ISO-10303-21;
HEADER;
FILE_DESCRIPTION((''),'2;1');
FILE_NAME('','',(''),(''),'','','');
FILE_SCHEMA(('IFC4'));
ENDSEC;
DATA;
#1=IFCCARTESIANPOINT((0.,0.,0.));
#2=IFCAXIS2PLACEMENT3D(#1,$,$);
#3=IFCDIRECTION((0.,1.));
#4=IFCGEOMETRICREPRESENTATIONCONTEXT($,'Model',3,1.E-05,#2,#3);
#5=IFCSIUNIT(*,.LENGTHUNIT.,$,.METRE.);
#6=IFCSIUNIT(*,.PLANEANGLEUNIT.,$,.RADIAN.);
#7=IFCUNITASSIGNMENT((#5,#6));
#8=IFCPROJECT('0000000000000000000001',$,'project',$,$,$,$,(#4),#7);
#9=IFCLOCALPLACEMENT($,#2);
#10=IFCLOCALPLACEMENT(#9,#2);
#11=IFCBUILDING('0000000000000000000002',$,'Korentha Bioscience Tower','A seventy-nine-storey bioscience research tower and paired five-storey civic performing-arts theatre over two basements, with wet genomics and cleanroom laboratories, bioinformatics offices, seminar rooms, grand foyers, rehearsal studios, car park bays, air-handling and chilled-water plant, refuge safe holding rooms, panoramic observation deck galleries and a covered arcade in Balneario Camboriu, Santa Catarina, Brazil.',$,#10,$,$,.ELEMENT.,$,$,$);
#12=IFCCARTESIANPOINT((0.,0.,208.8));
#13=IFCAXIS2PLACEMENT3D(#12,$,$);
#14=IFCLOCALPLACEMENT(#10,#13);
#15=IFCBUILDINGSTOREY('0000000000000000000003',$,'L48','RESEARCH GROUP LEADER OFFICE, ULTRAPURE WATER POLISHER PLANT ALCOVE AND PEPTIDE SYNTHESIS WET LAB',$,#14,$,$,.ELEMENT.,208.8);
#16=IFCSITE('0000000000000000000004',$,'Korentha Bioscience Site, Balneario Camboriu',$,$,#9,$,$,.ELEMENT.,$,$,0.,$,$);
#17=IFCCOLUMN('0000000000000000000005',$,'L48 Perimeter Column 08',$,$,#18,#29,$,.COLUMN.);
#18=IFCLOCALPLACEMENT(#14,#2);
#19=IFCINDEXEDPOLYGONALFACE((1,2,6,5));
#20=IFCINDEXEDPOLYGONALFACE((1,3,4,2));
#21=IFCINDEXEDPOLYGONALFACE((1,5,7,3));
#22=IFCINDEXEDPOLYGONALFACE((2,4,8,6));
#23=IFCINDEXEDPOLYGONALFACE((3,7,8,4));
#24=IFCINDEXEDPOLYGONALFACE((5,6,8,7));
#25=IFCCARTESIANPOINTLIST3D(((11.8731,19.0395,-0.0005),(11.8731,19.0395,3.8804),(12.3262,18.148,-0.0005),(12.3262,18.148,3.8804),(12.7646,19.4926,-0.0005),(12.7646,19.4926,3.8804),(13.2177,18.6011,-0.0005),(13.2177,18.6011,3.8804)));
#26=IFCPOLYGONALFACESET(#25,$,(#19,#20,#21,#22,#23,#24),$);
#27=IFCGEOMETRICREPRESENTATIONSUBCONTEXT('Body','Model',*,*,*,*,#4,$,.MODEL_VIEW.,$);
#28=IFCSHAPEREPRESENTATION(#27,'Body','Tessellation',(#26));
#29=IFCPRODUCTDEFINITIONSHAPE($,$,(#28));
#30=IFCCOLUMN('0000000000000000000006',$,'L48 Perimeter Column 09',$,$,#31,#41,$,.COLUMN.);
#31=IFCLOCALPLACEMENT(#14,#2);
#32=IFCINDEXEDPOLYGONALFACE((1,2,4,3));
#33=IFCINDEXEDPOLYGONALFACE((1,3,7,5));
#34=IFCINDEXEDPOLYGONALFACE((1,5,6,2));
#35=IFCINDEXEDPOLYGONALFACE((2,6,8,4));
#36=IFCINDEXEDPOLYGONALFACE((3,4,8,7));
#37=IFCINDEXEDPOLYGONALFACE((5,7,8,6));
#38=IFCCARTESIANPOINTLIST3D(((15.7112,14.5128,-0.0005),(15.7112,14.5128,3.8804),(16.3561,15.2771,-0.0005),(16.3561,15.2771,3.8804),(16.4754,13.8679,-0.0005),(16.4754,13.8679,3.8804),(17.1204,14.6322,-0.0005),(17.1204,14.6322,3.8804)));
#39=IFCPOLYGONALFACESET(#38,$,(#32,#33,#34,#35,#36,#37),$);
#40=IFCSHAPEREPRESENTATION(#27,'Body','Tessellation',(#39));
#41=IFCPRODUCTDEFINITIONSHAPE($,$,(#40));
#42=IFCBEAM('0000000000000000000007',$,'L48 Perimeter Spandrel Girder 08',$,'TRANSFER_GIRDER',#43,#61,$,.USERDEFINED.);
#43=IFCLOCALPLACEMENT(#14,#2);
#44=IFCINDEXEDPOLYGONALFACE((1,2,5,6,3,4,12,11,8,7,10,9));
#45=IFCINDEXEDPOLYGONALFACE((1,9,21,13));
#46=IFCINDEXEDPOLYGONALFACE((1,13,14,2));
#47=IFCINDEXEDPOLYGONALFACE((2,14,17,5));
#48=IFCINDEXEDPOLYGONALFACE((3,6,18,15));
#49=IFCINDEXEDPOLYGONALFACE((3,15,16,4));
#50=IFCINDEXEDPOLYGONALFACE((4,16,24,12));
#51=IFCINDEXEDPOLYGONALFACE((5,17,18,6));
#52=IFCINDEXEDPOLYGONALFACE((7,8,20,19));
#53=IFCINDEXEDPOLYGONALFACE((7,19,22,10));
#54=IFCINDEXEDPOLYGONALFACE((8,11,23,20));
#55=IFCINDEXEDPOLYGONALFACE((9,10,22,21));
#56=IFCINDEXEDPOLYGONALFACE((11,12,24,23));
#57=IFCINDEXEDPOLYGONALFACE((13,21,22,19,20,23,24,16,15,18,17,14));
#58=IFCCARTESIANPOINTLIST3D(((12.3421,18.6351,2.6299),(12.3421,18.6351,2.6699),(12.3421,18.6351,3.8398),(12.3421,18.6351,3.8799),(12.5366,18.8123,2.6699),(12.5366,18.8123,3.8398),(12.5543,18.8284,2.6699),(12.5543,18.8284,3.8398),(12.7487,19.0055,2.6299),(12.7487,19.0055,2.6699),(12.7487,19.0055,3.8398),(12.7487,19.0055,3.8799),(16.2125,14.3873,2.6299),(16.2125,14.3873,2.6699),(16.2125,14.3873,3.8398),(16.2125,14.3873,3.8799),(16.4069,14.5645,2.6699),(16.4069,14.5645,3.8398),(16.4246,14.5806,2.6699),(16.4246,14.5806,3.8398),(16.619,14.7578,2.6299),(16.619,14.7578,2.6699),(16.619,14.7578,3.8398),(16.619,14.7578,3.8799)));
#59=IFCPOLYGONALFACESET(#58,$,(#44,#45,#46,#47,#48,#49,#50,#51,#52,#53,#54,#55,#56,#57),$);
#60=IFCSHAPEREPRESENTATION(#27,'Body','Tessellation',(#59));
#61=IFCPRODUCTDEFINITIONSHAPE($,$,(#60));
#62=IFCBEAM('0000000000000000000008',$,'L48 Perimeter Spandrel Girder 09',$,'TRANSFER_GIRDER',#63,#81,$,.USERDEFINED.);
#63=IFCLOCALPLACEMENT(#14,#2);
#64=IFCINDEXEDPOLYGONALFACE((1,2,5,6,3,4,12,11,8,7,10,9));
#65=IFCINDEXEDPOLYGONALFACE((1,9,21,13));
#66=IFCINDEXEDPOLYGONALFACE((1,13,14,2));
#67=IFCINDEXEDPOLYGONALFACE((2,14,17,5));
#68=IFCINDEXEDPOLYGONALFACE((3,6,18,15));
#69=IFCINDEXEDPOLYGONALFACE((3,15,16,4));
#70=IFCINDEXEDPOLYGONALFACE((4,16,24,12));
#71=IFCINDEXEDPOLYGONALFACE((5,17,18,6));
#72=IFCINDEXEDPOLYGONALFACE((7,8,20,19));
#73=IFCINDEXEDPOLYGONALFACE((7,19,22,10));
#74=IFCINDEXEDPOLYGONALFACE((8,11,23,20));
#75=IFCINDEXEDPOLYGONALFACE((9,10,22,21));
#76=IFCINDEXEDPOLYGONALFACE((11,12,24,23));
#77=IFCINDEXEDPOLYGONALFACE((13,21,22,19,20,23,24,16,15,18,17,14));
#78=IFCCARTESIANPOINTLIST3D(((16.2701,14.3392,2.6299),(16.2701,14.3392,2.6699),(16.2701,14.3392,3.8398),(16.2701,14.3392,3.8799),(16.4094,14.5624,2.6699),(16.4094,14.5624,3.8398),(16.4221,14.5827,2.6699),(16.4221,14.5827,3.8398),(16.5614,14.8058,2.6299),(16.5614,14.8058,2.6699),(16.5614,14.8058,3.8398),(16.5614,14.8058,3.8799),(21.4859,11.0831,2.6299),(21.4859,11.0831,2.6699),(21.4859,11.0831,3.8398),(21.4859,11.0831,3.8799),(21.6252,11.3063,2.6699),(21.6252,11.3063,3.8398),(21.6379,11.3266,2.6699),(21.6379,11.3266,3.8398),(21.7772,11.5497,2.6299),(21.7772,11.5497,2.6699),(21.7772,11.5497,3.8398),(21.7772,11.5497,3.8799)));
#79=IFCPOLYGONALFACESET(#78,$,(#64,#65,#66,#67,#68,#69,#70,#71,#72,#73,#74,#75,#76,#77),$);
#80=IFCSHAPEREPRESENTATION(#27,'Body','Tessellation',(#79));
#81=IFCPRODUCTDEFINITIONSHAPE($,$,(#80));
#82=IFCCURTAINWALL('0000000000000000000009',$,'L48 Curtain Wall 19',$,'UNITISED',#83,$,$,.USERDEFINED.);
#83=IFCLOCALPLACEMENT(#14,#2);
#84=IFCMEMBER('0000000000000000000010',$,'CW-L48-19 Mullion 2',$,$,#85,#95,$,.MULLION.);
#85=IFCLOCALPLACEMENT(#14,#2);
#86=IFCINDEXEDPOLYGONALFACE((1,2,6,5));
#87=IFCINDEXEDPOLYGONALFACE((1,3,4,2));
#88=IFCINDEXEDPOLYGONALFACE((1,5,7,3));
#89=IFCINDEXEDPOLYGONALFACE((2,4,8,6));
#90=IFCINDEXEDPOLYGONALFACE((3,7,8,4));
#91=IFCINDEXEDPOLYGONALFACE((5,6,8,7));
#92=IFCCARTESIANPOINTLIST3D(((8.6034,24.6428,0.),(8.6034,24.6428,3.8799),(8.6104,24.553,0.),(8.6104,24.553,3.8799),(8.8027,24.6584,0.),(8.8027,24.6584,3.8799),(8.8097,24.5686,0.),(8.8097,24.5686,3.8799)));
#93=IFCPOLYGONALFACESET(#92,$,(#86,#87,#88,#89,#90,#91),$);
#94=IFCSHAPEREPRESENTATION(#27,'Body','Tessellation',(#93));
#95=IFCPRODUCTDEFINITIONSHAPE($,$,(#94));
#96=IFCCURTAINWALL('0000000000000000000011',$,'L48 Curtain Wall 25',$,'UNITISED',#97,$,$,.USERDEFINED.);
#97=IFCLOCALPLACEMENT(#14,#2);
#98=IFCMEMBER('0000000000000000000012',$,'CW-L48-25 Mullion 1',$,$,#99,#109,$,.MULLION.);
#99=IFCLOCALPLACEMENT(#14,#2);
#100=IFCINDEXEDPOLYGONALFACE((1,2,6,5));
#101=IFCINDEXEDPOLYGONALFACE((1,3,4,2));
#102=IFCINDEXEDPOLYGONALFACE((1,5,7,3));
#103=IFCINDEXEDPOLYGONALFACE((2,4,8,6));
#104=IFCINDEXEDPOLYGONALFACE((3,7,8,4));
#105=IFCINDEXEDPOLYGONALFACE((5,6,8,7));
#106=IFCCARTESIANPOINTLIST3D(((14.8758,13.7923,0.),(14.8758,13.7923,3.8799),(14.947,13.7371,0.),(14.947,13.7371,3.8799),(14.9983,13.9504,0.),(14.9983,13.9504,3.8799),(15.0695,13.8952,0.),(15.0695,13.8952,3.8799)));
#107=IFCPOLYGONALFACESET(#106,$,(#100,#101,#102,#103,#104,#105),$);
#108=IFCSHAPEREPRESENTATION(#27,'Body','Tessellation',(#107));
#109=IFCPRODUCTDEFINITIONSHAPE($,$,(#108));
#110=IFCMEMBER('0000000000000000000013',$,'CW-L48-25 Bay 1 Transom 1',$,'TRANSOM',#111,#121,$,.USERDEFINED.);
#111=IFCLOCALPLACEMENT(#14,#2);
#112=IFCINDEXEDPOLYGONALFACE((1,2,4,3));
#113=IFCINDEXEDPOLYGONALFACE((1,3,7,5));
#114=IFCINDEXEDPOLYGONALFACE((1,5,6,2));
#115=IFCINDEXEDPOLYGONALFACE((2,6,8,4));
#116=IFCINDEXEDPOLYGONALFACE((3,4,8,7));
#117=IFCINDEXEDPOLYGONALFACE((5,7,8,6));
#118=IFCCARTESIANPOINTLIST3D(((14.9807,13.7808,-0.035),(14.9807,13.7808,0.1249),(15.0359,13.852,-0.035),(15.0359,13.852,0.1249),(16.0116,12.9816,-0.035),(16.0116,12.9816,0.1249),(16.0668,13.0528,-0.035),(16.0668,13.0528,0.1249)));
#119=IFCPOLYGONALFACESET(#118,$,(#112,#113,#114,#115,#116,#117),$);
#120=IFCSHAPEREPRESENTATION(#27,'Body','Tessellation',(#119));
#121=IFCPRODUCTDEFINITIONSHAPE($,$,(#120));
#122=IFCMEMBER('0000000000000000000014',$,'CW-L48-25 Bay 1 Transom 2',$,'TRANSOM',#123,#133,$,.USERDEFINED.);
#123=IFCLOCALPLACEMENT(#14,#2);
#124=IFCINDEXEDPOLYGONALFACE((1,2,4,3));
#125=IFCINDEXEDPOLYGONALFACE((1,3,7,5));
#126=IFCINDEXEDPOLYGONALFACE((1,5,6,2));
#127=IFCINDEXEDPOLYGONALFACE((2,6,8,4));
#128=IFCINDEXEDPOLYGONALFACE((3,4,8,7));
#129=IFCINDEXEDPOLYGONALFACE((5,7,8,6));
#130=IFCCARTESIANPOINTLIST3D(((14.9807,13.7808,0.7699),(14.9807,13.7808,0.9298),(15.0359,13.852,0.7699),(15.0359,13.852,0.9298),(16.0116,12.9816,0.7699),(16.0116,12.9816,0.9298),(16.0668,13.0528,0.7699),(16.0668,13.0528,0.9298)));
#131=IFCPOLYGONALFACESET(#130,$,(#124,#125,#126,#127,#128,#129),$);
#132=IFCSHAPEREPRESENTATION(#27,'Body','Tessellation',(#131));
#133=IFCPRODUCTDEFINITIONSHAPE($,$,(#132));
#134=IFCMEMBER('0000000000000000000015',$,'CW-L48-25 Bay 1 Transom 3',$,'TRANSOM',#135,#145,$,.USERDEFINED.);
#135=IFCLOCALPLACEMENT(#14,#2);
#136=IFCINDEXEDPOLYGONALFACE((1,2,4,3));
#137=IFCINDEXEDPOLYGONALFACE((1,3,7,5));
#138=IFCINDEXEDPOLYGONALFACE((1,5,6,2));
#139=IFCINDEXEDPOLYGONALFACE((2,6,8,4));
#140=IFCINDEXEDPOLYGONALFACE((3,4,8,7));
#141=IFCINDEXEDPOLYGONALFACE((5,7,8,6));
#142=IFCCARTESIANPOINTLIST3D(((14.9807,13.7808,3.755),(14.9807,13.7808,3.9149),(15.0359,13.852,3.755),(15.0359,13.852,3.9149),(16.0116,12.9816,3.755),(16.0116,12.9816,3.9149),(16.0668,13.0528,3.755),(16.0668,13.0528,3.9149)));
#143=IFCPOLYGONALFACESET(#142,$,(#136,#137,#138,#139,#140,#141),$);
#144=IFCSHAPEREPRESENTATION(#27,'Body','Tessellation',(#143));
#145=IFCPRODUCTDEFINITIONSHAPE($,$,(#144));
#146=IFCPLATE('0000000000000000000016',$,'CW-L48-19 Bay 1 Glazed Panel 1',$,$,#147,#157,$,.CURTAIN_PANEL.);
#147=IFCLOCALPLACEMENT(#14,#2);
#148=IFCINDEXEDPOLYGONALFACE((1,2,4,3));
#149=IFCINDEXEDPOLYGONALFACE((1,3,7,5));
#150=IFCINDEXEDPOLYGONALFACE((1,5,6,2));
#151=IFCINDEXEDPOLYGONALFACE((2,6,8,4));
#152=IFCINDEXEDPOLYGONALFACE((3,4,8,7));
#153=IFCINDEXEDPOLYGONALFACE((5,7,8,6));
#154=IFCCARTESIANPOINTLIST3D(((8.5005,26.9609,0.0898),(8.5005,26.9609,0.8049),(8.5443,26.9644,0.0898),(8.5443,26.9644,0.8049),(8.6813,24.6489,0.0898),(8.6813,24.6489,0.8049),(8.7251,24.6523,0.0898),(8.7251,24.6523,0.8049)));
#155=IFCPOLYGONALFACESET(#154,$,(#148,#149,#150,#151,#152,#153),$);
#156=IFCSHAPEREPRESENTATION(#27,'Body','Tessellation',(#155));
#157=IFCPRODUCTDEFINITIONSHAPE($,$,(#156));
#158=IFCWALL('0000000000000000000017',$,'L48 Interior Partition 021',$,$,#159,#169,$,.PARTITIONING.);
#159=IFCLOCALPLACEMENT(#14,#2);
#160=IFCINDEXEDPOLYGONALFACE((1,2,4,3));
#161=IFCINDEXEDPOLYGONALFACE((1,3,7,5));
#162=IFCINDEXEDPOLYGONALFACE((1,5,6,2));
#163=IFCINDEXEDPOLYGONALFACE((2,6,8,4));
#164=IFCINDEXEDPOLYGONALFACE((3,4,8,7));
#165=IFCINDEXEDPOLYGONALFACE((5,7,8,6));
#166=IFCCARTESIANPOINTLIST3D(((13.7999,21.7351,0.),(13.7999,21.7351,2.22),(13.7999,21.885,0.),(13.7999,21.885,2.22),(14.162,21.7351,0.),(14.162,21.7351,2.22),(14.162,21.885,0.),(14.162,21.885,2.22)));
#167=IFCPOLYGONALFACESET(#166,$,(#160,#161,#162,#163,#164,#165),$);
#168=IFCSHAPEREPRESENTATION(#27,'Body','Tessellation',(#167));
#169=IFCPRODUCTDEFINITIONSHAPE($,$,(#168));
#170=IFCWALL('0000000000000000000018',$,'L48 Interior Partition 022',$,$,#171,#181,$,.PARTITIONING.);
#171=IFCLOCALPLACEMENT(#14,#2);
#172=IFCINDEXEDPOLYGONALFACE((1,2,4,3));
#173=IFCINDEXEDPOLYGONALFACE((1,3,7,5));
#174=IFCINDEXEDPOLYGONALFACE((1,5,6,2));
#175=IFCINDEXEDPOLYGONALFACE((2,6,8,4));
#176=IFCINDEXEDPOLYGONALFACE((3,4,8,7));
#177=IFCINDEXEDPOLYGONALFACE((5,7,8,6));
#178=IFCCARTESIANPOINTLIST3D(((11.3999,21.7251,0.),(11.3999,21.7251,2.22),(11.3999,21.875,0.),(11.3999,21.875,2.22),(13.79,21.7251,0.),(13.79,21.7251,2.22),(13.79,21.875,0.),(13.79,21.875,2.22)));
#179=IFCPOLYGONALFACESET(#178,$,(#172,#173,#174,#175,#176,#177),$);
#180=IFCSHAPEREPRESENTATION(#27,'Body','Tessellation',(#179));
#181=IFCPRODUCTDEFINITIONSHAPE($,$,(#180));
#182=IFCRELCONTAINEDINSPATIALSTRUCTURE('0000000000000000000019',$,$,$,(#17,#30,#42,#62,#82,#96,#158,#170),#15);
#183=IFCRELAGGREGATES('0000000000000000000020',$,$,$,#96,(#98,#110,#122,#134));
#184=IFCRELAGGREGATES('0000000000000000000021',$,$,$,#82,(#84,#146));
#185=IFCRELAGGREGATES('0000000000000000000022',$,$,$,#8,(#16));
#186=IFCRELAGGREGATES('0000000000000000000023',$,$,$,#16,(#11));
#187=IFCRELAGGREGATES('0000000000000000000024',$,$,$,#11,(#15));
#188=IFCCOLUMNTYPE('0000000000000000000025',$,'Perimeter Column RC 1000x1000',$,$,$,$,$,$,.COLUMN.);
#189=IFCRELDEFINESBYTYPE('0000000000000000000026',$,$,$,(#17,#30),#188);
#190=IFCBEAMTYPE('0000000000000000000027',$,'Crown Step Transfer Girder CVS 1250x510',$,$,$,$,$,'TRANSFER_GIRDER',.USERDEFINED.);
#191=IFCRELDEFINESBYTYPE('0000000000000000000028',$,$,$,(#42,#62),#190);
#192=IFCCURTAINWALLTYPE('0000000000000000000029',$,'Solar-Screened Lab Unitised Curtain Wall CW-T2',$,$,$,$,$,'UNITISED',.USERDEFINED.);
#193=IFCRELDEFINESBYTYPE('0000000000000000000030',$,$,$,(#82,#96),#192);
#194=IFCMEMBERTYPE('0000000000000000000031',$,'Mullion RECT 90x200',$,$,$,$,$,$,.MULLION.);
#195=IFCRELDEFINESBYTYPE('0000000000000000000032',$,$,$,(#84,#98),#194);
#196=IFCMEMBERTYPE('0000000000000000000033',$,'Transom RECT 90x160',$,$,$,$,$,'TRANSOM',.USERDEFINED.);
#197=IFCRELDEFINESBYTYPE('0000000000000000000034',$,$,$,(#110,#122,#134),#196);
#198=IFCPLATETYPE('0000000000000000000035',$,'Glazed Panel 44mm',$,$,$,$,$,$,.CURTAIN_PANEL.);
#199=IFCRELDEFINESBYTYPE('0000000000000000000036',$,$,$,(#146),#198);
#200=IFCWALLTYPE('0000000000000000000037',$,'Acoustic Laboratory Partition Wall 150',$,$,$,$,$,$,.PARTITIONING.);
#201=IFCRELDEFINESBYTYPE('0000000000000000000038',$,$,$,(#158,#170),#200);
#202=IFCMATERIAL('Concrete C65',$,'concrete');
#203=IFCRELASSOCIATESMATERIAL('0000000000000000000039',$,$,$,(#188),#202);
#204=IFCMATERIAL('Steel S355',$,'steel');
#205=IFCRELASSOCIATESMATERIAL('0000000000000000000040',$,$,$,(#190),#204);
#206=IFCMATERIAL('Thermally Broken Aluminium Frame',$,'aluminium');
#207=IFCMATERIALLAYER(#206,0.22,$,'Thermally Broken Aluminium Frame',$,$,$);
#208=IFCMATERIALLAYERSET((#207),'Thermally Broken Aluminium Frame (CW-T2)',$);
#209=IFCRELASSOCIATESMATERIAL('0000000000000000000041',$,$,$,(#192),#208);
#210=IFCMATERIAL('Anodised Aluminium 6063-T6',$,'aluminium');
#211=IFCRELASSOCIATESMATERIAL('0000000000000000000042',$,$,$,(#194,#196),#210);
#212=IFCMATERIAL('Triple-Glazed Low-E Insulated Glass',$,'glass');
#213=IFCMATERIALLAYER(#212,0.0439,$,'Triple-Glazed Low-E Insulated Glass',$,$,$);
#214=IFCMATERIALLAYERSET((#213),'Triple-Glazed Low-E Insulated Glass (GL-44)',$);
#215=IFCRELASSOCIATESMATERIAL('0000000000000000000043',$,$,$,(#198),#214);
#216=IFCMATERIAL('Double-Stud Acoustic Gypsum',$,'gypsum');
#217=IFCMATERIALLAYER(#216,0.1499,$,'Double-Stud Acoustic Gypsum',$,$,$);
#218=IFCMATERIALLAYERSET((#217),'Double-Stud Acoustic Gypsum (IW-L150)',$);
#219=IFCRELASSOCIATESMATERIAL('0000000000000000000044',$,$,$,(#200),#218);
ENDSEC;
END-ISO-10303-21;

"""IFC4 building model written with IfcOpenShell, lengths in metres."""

from ifc_helpers import new_model, si_unit, direction, frame, frame_2d, origin, origin_2d, place, context, subcontext, project, spatial, rectangle, i_section, extrude, material, layer, layer_set, material_profile, profile_set, type_object, element, aggregate, save


model = new_model("IFC4")

# Units and contexts
model_context = context("Model", 3, precision=1e-05, world=origin(), true_north=direction((0.0, 1.0)))
body_context = subcontext(model_context, "Body", "Model", "MODEL_VIEW")
ifc_project = project(units=[si_unit("LENGTHUNIT", "METRE"), si_unit("PLANEANGLEUNIT", "RADIAN")], contexts=[model_context])

# Site, building, storey
site_placement = place(None, origin())
site = spatial("IfcSite", under=ifc_project, at=site_placement, Name="Korentha Bioscience Site, Balneario Camboriu", CompositionType="ELEMENT", RefElevation=0.0)
building_placement = place(site_placement, origin())
building = spatial("IfcBuilding", under=site, at=building_placement, Name="Korentha Bioscience Tower", Description="A seventy-nine-storey bioscience research tower and paired five-storey civic performing-arts theatre over two basements, with wet genomics and cleanroom laboratories, bioinformatics offices, seminar rooms, grand foyers, rehearsal studios, car park bays, air-handling and chilled-water plant, refuge safe holding rooms, panoramic observation deck galleries and a covered arcade in Balneario Camboriu, Santa Catarina, Brazil.", CompositionType="ELEMENT")
storey_placement = place(building_placement, frame((0.0, 0.0, 208.8)))
storey = spatial("IfcBuildingStorey", under=building, at=storey_placement, Name="L48", Description="RESEARCH GROUP LEADER OFFICE, ULTRAPURE WATER POLISHER PLANT ALCOVE AND PEPTIDE SYNTHESIS WET LAB", CompositionType="ELEMENT", Elevation=208.8)

# Columns
ifc_material_1 = material(Name="Concrete C65", Category="concrete")
ifc_material_profile_1 = material_profile(ifc_material_1, rectangle(XDim=1.0, YDim=1.0, at=origin_2d()), Name="Concrete C65")
ifc_profile_set_1 = profile_set([ifc_material_profile_1], Name="Concrete C65 (COL-P10)")
column_type = type_object("IfcColumnType", Name="Perimeter Column RC 1000x1000", PredefinedType="COLUMN", material=ifc_profile_set_1)
for number, where, z_axis, x_axis, name in (
    (1, (12.5454, 18.8203, -0.0005), (0.0, 0.0, 1.0), (-0.453057, 0.891481, 0.0), "L48 Perimeter Column 08"),
    (2, (16.4158, 14.5725, -0.0005), (0.0, 0.0, 1.0), (-0.764246, 0.644924, 0.0), "L48 Perimeter Column 09"),
):
    element("IfcColumn", number, at=place(storey_placement, frame(where, z_axis=z_axis, x_axis=x_axis)), inside=storey, type_object=column_type, Name=name, PredefinedType="COLUMN", context=body_context, shape_type="SweptSolid", body=[
        extrude(rectangle(XDim=1.0, YDim=1.0, at=origin_2d()), origin(), (0.0, 0.0, 1.0), 3.8809),
    ])

# Beams
ifc_material_2 = material(Name="Steel S355", Category="steel")
ifc_material_profile_2 = material_profile(ifc_material_2, i_section(OverallWidth=0.55, OverallDepth=1.25, WebThickness=0.0239, FlangeThickness=0.04, at=origin_2d()), Name="Steel S355")
ifc_profile_set_2 = profile_set([ifc_material_profile_2], Name="Steel S355 (TG-03)")
beam_type = type_object("IfcBeamType", Name="Crown Step Transfer Girder CVS 1250x510", ElementType="TRANSFER_GIRDER", PredefinedType="USERDEFINED", material=ifc_profile_set_2)
beam_1_placement = place(storey_placement, frame((12.5454, 18.8203, 3.2549), z_axis=(0.673503, -0.739184, 0.0), x_axis=(0.739184, 0.673503, 0.0)))
element("IfcBeam", 3, at=beam_1_placement, inside=storey, type_object=beam_type, Name="L48 Perimeter Spandrel Girder 08", ObjectType="TRANSFER_GIRDER", PredefinedType="USERDEFINED", context=body_context, shape_type="SweptSolid", body=[
    extrude(i_section(OverallWidth=0.55, OverallDepth=1.25, WebThickness=0.0239, FlangeThickness=0.04, at=origin_2d()), origin(), (0.0, 0.0, 1.0), 5.7466),
])
beam_2_placement = place(storey_placement, frame((16.4158, 14.5725, 3.2549), z_axis=(0.848275, -0.529556, 0.0), x_axis=(0.529556, 0.848275, 0.0)))
element("IfcBeam", 4, at=beam_2_placement, inside=storey, type_object=beam_type, Name="L48 Perimeter Spandrel Girder 09", ObjectType="TRANSFER_GIRDER", PredefinedType="USERDEFINED", context=body_context, shape_type="SweptSolid", body=[
    extrude(i_section(OverallWidth=0.55, OverallDepth=1.25, WebThickness=0.0239, FlangeThickness=0.04, at=origin_2d()), origin(), (0.0, 0.0, 1.0), 6.1487),
])

# Curtain wall, member
ifc_material_3 = material(Name="Thermally Broken Aluminium Frame", Category="aluminium")
ifc_layer_1 = layer(ifc_material_3, 0.22, Name="Thermally Broken Aluminium Frame")
ifc_layer_set_1 = layer_set([ifc_layer_1], Name="Thermally Broken Aluminium Frame (CW-T2)")
curtain_wall_type = type_object("IfcCurtainWallType", Name="Solar-Screened Lab Unitised Curtain Wall CW-T2", ElementType="UNITISED", PredefinedType="USERDEFINED", material=ifc_layer_set_1)
curtain_wall_1_placement = place(storey_placement, origin())
curtain_wall_1 = element("IfcCurtainWall", 5, at=curtain_wall_1_placement, inside=storey, type_object=curtain_wall_type, Name="L48 Curtain Wall 19", ObjectType="UNITISED", PredefinedType="USERDEFINED")
ifc_material_4 = material(Name="Anodised Aluminium 6063-T6", Category="aluminium")
ifc_material_profile_3 = material_profile(ifc_material_4, rectangle(XDim=0.0901, YDim=0.2, at=origin_2d()), Name="Anodised Aluminium 6063-T6")
ifc_profile_set_3 = profile_set([ifc_material_profile_3], Name="Anodised Aluminium 6063-T6 (CW-MUL)")
member_type_1 = type_object("IfcMemberType", Name="Mullion RECT 90x200", PredefinedType="MULLION", material=ifc_profile_set_3)
member_1_placement = place(storey_placement, frame((8.7065, 24.6057, 0.0), z_axis=(0.0, 0.0, 1.0), x_axis=(0.077988, -0.996954, 0.0)))
member_1 = element("IfcMember", 6, at=member_1_placement, type_object=member_type_1, Name="CW-L48-19 Mullion 2", PredefinedType="MULLION", context=body_context, shape_type="SweptSolid", body=[
    extrude(rectangle(XDim=0.0901, YDim=0.2, at=origin_2d()), origin(), (0.0, 0.0, 1.0), 3.8799),
])

# Curtain wall, members
curtain_wall_2_placement = place(storey_placement, origin())
curtain_wall_2 = element("IfcCurtainWall", 7, at=curtain_wall_2_placement, inside=storey, type_object=curtain_wall_type, Name="L48 Curtain Wall 25", ObjectType="UNITISED", PredefinedType="USERDEFINED")
member_2_placement = place(storey_placement, frame((14.9727, 13.8438, 0.0), z_axis=(0.0, 0.0, 1.0), x_axis=(0.790346, -0.612661, 0.0)))
member_2 = element("IfcMember", 8, at=member_2_placement, type_object=member_type_1, Name="CW-L48-25 Mullion 1", PredefinedType="MULLION", context=body_context, shape_type="SweptSolid", body=[
    extrude(rectangle(XDim=0.0901, YDim=0.2, at=origin_2d()), origin(), (0.0, 0.0, 1.0), 3.8799),
])
ifc_material_profile_4 = material_profile(ifc_material_4, rectangle(XDim=0.0901, YDim=0.1599, at=origin_2d()), Name="Anodised Aluminium 6063-T6")
ifc_profile_set_4 = profile_set([ifc_material_profile_4], Name="Anodised Aluminium 6063-T6 (CW-TRN)")
member_type_2 = type_object("IfcMemberType", Name="Transom RECT 90x160", ElementType="TRANSOM", PredefinedType="USERDEFINED", material=ifc_profile_set_4)
member_3_placement = place(storey_placement, frame((15.0083, 13.8164, 0.0449), z_axis=(0.790309, -0.612709, 0.0), x_axis=(0.612709, 0.790309, 0.0)))
member_3 = element("IfcMember", 9, at=member_3_placement, type_object=member_type_2, Name="CW-L48-25 Bay 1 Transom 1", ObjectType="TRANSOM", PredefinedType="USERDEFINED", context=body_context, shape_type="SweptSolid", body=[
    extrude(rectangle(XDim=0.0901, YDim=0.1599, at=origin_2d()), origin(), (0.0, 0.0, 1.0), 1.3044),
])
member_4_placement = place(storey_placement, frame((15.0083, 13.8164, 0.8499), z_axis=(0.790309, -0.612709, 0.0), x_axis=(0.612709, 0.790309, 0.0)))
member_4 = element("IfcMember", 10, at=member_4_placement, type_object=member_type_2, Name="CW-L48-25 Bay 1 Transom 2", ObjectType="TRANSOM", PredefinedType="USERDEFINED", context=body_context, shape_type="SweptSolid", body=[
    extrude(rectangle(XDim=0.0901, YDim=0.1599, at=origin_2d()), origin(), (0.0, 0.0, 1.0), 1.3044),
])
member_5_placement = place(storey_placement, frame((15.0083, 13.8164, 3.835), z_axis=(0.790309, -0.612709, 0.0), x_axis=(0.612709, 0.790309, 0.0)))
member_5 = element("IfcMember", 11, at=member_5_placement, type_object=member_type_2, Name="CW-L48-25 Bay 1 Transom 3", ObjectType="TRANSOM", PredefinedType="USERDEFINED", context=body_context, shape_type="SweptSolid", body=[
    extrude(rectangle(XDim=0.0901, YDim=0.1599, at=origin_2d()), origin(), (0.0, 0.0, 1.0), 1.3044),
])
aggregate(curtain_wall_2, [member_2, member_3, member_4, member_5])

# Plate
ifc_material_5 = material(Name="Triple-Glazed Low-E Insulated Glass", Category="glass")
ifc_layer_2 = layer(ifc_material_5, 0.0439, Name="Triple-Glazed Low-E Insulated Glass")
ifc_layer_set_2 = layer_set([ifc_layer_2], Name="Triple-Glazed Low-E Insulated Glass (GL-44)")
plate_type = type_object("IfcPlateType", Name="Glazed Panel 44mm", PredefinedType="CURTAIN_PANEL", material=ifc_layer_set_2)
plate_placement = place(storey_placement, frame((8.6128, 25.8066, 0.0898), z_axis=(0.0, 0.0, 1.0), x_axis=(0.077988, -0.996954, 0.0)))
plate = element("IfcPlate", 12, at=plate_placement, type_object=plate_type, Name="CW-L48-19 Bay 1 Glazed Panel 1", PredefinedType="CURTAIN_PANEL", context=body_context, shape_type="SweptSolid", body=[
    extrude(rectangle(XDim=2.3191, YDim=0.0439, at=origin_2d()), origin(), (0.0, 0.0, 1.0), 0.7151),
])
aggregate(curtain_wall_1, [member_1, plate])

# Walls
ifc_material_6 = material(Name="Double-Stud Acoustic Gypsum", Category="gypsum")
ifc_layer_3 = layer(ifc_material_6, 0.1499, Name="Double-Stud Acoustic Gypsum")
ifc_layer_set_3 = layer_set([ifc_layer_3], Name="Double-Stud Acoustic Gypsum (IW-L150)")
wall_type_1 = type_object("IfcWallType", Name="Acoustic Laboratory Partition Wall 150", PredefinedType="PARTITIONING", material=ifc_layer_set_3)
wall_1_placement = place(storey_placement, frame((14.1621, 21.8101, 0.0), z_axis=(0.0, 0.0, 1.0), x_axis=(-1.0, 0.0, 0.0)))
element("IfcWall", 13, at=wall_1_placement, inside=storey, type_object=wall_type_1, Name="L48 Interior Partition 021", PredefinedType="PARTITIONING", context=body_context, shape_type="SweptSolid", body=[
    extrude(rectangle(XDim=0.3621, YDim=0.1499, at=frame_2d((0.1812, 0.0))), origin(), (0.0, 0.0, 1.0), 2.22),
])
wall_2_placement = place(storey_placement, frame((13.79, 21.8, 0.0), z_axis=(0.0, 0.0, 1.0), x_axis=(-1.0, 0.0, 0.0)))
element("IfcWall", 14, at=wall_2_placement, inside=storey, type_object=wall_type_1, Name="L48 Interior Partition 022", PredefinedType="PARTITIONING", context=body_context, shape_type="SweptSolid", body=[
    extrude(rectangle(XDim=2.3901, YDim=0.1499, at=frame_2d((1.1951, 0.0))), origin(), (0.0, 0.0, 1.0), 2.22),
])

save(model, "model.ifc")
